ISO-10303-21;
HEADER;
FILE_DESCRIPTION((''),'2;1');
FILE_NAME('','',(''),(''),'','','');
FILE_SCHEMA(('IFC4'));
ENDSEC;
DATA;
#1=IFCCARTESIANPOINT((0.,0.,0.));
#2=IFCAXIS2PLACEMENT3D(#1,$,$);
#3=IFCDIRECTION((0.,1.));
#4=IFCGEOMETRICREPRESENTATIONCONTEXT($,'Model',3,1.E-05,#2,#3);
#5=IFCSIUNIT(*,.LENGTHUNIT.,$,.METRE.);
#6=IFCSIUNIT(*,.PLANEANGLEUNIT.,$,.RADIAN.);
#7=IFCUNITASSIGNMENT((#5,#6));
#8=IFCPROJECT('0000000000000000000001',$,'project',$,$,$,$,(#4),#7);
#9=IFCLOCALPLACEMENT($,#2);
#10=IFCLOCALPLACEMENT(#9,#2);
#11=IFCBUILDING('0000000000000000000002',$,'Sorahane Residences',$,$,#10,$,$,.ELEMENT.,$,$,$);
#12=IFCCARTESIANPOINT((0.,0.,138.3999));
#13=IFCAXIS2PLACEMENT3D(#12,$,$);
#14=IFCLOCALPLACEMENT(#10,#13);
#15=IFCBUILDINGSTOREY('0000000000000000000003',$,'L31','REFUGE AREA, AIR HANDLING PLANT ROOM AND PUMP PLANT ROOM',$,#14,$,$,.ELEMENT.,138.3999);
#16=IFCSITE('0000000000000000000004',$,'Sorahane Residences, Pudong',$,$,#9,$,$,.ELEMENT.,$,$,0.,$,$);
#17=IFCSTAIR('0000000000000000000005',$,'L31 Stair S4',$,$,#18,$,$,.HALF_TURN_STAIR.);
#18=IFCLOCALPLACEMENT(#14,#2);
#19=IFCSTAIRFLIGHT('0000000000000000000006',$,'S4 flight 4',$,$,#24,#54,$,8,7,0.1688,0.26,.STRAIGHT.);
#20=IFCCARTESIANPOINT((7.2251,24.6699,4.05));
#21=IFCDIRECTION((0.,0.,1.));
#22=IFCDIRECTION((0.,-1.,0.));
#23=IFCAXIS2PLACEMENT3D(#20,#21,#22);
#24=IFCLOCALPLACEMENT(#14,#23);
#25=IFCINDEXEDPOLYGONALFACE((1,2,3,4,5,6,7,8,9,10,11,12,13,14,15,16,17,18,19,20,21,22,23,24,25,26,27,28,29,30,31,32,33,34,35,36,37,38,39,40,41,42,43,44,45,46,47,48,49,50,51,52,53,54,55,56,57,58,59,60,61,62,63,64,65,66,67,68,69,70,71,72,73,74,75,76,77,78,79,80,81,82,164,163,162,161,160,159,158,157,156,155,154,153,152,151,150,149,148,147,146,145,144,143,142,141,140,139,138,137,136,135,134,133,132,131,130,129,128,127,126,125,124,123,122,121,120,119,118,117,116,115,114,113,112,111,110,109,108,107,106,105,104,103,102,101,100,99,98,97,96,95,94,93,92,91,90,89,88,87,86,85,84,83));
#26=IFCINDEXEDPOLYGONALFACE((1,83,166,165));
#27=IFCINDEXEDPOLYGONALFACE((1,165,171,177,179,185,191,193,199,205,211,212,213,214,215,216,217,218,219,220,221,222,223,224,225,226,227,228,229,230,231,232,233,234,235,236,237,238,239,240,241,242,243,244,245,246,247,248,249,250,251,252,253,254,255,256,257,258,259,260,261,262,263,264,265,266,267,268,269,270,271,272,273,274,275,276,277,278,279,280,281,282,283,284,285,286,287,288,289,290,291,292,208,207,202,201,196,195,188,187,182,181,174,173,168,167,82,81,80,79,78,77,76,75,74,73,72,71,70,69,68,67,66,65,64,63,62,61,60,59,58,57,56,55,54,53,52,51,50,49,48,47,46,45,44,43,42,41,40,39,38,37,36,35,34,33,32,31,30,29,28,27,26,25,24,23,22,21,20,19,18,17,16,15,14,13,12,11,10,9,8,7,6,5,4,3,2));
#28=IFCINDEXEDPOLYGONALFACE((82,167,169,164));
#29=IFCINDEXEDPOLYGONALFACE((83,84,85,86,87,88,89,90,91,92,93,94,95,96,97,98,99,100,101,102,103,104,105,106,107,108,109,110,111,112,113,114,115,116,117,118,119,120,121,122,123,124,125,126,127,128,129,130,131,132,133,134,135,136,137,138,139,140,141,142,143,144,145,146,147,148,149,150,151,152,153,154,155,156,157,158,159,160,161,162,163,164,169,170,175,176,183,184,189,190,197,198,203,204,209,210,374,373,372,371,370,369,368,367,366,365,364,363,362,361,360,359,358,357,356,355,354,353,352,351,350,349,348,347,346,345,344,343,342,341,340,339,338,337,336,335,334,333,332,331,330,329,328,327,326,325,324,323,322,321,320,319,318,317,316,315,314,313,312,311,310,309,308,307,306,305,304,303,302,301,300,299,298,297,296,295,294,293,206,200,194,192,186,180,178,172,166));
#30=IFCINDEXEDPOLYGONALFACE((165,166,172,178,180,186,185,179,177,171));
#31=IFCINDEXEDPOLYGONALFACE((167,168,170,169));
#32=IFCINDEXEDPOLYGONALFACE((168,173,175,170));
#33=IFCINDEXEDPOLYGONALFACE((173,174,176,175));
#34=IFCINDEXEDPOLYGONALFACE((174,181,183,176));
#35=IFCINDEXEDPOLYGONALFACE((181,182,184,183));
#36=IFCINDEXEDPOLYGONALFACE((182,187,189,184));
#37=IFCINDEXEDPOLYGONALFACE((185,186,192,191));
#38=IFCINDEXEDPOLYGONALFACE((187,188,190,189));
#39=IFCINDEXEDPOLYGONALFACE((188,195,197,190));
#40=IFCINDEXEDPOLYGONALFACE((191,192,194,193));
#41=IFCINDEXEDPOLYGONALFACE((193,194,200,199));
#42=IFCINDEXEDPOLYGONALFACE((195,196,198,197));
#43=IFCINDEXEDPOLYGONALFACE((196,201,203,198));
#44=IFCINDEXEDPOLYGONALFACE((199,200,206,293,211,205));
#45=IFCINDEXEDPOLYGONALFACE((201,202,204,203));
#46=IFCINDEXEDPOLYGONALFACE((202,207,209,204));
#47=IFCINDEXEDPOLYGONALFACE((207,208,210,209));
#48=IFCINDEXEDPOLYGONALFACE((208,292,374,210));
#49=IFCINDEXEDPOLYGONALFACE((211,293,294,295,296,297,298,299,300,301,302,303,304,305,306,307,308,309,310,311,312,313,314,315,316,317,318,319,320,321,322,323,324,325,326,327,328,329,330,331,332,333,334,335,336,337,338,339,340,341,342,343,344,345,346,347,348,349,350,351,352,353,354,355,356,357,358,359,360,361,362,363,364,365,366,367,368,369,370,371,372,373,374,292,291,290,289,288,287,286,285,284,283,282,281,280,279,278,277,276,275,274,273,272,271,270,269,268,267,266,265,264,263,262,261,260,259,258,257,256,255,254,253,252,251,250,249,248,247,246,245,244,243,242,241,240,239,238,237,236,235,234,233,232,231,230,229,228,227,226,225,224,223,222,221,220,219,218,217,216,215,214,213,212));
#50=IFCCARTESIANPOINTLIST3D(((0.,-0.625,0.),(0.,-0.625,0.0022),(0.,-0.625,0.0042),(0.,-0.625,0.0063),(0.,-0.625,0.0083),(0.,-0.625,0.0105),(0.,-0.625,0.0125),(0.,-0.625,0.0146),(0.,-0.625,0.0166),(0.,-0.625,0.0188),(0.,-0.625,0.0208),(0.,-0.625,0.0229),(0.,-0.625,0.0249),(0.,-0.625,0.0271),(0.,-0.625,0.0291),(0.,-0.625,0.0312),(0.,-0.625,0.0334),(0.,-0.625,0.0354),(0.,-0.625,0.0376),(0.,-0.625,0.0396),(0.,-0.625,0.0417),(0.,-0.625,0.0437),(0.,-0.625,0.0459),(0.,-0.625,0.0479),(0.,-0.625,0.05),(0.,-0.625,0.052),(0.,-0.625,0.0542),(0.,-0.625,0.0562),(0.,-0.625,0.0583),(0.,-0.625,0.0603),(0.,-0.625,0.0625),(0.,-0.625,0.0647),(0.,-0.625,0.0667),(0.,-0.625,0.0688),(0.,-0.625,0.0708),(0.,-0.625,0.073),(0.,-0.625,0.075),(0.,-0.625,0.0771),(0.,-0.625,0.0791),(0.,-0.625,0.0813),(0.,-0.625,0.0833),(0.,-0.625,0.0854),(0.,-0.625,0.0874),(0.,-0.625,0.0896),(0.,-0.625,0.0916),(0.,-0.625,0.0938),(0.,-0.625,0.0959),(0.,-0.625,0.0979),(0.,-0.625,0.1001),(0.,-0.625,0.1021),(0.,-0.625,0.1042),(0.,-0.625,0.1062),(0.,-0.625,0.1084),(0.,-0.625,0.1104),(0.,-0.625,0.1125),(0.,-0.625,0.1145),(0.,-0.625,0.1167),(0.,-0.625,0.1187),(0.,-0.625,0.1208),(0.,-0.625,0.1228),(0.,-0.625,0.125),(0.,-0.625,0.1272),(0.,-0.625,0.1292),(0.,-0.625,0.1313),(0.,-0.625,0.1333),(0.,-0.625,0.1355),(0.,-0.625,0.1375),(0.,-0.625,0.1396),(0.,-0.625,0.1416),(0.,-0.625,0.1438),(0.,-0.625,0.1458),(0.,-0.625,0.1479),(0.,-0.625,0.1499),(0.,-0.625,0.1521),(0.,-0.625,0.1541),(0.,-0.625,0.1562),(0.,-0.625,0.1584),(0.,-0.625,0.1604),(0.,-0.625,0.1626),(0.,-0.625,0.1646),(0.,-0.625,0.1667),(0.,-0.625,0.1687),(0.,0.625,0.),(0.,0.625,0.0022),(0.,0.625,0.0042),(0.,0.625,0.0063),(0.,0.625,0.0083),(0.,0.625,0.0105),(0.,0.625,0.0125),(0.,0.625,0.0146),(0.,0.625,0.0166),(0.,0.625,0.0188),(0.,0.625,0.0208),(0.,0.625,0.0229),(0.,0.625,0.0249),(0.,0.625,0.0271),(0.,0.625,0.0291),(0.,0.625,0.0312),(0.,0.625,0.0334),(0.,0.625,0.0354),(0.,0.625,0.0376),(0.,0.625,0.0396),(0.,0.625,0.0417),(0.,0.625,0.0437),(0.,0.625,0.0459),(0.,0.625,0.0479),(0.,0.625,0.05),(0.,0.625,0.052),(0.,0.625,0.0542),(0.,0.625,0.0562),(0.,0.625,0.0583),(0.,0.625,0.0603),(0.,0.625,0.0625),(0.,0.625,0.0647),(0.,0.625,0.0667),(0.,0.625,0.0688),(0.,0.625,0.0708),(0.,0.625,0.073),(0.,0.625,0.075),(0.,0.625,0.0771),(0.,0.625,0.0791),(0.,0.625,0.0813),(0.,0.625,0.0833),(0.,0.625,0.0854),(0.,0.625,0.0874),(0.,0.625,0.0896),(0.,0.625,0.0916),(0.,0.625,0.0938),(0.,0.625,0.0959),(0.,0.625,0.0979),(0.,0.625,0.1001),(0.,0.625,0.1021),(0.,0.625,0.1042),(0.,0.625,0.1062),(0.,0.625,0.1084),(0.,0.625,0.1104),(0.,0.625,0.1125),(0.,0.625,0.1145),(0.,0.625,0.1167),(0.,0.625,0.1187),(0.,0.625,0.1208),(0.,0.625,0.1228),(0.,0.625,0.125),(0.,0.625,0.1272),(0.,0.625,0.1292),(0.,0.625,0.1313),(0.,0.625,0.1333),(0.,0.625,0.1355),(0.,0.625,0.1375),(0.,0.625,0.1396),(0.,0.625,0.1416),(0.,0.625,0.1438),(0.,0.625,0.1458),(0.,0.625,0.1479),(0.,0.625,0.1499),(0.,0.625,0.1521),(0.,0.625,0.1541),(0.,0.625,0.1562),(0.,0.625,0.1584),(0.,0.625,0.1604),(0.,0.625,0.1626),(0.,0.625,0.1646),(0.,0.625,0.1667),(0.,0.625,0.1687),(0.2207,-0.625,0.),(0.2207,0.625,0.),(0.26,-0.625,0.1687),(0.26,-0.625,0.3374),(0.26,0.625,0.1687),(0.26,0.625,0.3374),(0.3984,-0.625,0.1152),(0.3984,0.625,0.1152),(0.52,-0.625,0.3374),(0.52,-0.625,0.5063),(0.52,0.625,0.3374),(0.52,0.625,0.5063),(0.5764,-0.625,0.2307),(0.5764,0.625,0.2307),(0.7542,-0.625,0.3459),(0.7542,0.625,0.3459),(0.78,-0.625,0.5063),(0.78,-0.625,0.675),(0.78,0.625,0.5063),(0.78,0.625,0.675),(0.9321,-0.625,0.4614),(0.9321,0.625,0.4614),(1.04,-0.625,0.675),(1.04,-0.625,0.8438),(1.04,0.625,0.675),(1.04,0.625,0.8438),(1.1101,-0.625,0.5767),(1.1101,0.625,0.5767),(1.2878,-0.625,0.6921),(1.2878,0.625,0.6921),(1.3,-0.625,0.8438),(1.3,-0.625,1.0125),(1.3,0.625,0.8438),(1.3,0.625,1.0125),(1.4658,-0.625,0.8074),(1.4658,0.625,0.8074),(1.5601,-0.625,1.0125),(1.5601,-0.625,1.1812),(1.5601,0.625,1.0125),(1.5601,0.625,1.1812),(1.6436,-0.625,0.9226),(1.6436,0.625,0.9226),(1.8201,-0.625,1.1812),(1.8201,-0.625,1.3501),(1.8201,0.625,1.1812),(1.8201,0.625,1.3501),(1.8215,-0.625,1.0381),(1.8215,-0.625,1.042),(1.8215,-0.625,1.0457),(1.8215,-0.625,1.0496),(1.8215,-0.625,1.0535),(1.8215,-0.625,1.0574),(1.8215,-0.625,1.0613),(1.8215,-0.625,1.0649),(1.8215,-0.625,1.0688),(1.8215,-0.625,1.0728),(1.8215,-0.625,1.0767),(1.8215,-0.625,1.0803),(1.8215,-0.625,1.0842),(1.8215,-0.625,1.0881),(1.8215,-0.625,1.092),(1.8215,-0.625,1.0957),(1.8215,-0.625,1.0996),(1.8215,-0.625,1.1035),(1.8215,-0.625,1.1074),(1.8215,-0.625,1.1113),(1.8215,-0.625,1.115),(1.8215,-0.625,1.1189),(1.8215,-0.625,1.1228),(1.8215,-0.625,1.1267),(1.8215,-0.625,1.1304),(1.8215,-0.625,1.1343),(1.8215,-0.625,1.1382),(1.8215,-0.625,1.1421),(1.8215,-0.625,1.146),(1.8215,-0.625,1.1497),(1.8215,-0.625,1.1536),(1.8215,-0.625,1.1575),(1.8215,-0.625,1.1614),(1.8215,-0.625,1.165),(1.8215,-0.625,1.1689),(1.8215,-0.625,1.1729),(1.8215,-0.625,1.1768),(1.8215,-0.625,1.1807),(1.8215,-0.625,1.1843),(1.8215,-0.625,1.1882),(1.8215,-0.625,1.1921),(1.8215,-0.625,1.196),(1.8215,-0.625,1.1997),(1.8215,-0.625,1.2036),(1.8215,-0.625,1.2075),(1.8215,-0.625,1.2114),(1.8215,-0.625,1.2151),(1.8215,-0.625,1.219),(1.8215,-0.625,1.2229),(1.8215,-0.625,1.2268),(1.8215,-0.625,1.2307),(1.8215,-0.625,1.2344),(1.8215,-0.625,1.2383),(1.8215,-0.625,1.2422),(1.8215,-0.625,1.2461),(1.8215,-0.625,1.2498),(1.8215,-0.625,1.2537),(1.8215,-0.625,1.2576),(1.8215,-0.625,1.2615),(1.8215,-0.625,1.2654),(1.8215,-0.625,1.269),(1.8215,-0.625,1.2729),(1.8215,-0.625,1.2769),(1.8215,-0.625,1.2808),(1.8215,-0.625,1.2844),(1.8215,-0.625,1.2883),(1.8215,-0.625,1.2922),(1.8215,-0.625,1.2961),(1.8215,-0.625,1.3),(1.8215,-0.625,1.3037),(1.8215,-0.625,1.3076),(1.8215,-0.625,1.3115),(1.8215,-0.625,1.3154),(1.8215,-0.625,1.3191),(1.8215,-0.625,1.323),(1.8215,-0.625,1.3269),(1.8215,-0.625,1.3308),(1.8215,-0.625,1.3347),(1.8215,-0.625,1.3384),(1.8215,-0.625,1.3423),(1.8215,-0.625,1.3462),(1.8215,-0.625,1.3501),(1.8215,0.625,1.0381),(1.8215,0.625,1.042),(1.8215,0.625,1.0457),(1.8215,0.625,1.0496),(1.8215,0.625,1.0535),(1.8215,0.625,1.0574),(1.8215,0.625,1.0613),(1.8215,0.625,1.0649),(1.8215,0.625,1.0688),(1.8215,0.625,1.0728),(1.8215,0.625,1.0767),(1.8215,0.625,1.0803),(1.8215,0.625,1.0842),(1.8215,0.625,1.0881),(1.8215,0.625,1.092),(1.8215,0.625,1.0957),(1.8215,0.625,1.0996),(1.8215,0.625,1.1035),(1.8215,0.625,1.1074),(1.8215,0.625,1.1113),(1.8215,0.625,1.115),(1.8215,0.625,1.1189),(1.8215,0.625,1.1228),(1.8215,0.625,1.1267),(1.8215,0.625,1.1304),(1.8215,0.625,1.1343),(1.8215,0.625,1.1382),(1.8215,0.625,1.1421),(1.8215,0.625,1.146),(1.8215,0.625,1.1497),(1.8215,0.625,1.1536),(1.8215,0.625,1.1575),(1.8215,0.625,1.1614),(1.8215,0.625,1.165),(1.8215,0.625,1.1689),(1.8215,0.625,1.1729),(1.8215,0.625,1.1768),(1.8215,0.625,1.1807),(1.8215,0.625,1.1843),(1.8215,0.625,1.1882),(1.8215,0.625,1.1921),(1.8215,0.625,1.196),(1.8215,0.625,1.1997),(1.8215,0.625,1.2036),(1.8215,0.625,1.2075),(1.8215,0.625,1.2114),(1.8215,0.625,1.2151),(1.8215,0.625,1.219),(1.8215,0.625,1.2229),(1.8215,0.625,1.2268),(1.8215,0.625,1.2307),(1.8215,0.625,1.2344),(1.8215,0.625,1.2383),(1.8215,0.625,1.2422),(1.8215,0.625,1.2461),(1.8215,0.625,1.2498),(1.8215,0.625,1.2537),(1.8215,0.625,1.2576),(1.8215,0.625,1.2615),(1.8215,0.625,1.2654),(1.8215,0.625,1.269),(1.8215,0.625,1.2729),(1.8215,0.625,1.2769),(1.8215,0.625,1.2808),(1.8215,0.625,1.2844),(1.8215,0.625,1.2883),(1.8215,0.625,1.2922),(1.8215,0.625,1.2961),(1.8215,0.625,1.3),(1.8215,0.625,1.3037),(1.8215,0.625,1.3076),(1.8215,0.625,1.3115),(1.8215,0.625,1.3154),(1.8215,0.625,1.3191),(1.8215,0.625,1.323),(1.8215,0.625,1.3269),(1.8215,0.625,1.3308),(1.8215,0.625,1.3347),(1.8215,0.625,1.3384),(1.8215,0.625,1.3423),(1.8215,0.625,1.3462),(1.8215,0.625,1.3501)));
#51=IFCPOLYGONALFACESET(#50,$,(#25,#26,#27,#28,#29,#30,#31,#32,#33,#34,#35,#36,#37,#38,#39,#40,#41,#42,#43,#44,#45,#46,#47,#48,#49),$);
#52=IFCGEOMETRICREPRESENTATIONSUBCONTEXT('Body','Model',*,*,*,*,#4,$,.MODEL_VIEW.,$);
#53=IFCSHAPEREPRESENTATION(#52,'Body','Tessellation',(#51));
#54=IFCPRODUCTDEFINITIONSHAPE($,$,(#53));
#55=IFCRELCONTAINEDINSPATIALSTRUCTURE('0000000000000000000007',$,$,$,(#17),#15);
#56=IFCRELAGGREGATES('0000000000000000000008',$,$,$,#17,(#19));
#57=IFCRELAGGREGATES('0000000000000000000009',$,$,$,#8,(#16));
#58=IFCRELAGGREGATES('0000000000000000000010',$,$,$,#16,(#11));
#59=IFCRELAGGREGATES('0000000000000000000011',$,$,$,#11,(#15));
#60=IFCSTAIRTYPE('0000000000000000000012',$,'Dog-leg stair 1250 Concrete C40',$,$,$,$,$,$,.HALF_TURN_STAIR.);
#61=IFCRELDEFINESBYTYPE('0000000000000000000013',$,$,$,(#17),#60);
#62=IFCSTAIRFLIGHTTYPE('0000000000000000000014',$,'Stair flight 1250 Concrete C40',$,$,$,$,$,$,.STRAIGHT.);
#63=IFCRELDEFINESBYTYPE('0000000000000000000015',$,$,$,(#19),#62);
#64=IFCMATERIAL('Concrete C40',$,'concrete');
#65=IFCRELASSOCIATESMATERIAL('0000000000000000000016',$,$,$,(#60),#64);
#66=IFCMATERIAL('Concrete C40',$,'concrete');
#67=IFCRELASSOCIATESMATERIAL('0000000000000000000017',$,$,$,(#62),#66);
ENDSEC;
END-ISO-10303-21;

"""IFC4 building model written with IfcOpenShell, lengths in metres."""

from ifc_helpers import new_model, si_unit, direction, frame, origin, place, context, subcontext, project, spatial, polyline, outline, extrude, material, type_object, element, aggregate, save


model = new_model("IFC4")

# Units and contexts
model_context = context("Model", 3, precision=1e-05, world=origin(), true_north=direction((0.0, 1.0)))
body_context = subcontext(model_context, "Body", "Model", "MODEL_VIEW")
ifc_project = project(units=[si_unit("LENGTHUNIT", "METRE"), si_unit("PLANEANGLEUNIT", "RADIAN")], contexts=[model_context])

# Site, building, storey
site_placement = place(None, origin())
site = spatial("IfcSite", under=ifc_project, at=site_placement, Name="Sorahane Residences, Pudong", CompositionType="ELEMENT", RefElevation=0.0)
building_placement = place(site_placement, origin())
building = spatial("IfcBuilding", under=site, at=building_placement, Name="Sorahane Residences", CompositionType="ELEMENT")
storey_placement = place(building_placement, frame((0.0, 0.0, 138.3999)))
storey = spatial("IfcBuildingStorey", under=building, at=storey_placement, Name="L31", Description="REFUGE AREA, AIR HANDLING PLANT ROOM AND PUMP PLANT ROOM", CompositionType="ELEMENT", Elevation=138.3999)

# Stair, stair flight
ifc_material_1 = material(Name="Concrete C40", Category="concrete")
stair_type = type_object("IfcStairType", Name="Dog-leg stair 1250 Concrete C40", PredefinedType="HALF_TURN_STAIR", material=ifc_material_1)
stair_placement = place(storey_placement, origin())
stair = element("IfcStair", 1, at=stair_placement, inside=storey, type_object=stair_type, Name="L31 Stair S4", PredefinedType="HALF_TURN_STAIR")
ifc_material_2 = material(Name="Concrete C40", Category="concrete")
stair_flight_type = type_object("IfcStairFlightType", Name="Stair flight 1250 Concrete C40", PredefinedType="STRAIGHT", material=ifc_material_2)
stair_flight_1_placement = place(storey_placement, frame((7.2251, 24.6699, 4.05), z_axis=(0.0, 0.0, 1.0), x_axis=(0.0, -1.0, 0.0)))
stair_flight_1 = element("IfcStairFlight", 2, at=stair_flight_1_placement, type_object=stair_flight_type, Name="S4 flight 4", NumberOfRisers=8, NumberOfTreads=7, PredefinedType="STRAIGHT", RiserHeight=0.1688, TreadLength=0.26, context=body_context, shape_type="SweptSolid", body=[
    extrude(outline(polyline([(0.0, 0.0), (0.0, 0.0022), (0.0, 0.0042), (0.0, 0.0063), (0.0, 0.0083), (0.0, 0.0105), (0.0, 0.0125), (0.0, 0.0146), (0.0, 0.0166), (0.0, 0.0188), (0.0, 0.0208), (0.0, 0.0229), (0.0, 0.0249), (0.0, 0.0271), (0.0, 0.0291), (0.0, 0.0312), (0.0, 0.0334), (0.0, 0.0354), (0.0, 0.0376), (0.0, 0.0396), (0.0, 0.0417), (0.0, 0.0437), (0.0, 0.0459), (0.0, 0.0479), (0.0, 0.05), (0.0, 0.052), (0.0, 0.0542), (0.0, 0.0562), (0.0, 0.0583), (0.0, 0.0603), (0.0, 0.0625), (0.0, 0.0647), (0.0, 0.0667), (0.0, 0.0688), (0.0, 0.0708), (0.0, 0.073), (0.0, 0.075), (0.0, 0.0771), (0.0, 0.0791), (0.0, 0.0813), (0.0, 0.0833), (0.0, 0.0854), (0.0, 0.0874), (0.0, 0.0896), (0.0, 0.0916), (0.0, 0.0938), (0.0, 0.0959), (0.0, 0.0979), (0.0, 0.1001), (0.0, 0.1021), (0.0, 0.1042), (0.0, 0.1062), (0.0, 0.1084), (0.0, 0.1104), (0.0, 0.1125), (0.0, 0.1145), (0.0, 0.1167), (0.0, 0.1187), (0.0, 0.1208), (0.0, 0.1228), (0.0, 0.125), (0.0, 0.1272), (0.0, 0.1292), (0.0, 0.1313), (0.0, 0.1333), (0.0, 0.1355), (0.0, 0.1375), (0.0, 0.1396), (0.0, 0.1416), (0.0, 0.1438), (0.0, 0.1458), (0.0, 0.1479), (0.0, 0.1499), (0.0, 0.1521), (0.0, 0.1541), (0.0, 0.1562), (0.0, 0.1584), (0.0, 0.1604), (0.0, 0.1626), (0.0, 0.1646), (0.0, 0.1667), (0.0, 0.1687), (0.26, 0.1687), (0.26, 0.3374), (0.52, 0.3374), (0.52, 0.5063), (0.78, 0.5063), (0.78, 0.675), (1.04, 0.675), (1.04, 0.8438), (1.3, 0.8438), (1.3, 1.0125), (1.5601, 1.0125), (1.5601, 1.1812), (1.8201, 1.1812), (1.8201, 1.3501), (1.8215, 1.3501), (1.8215, 1.3462), (1.8215, 1.3423), (1.8215, 1.3384), (1.8215, 1.3347), (1.8215, 1.3308), (1.8215, 1.3269), (1.8215, 1.323), (1.8215, 1.3191), (1.8215, 1.3154), (1.8215, 1.3115), (1.8215, 1.3076), (1.8215, 1.3037), (1.8215, 1.3), (1.8215, 1.2961), (1.8215, 1.2922), (1.8215, 1.2883), (1.8215, 1.2844), (1.8215, 1.2808), (1.8215, 1.2769), (1.8215, 1.2729), (1.8215, 1.269), (1.8215, 1.2654), (1.8215, 1.2615), (1.8215, 1.2576), (1.8215, 1.2537), (1.8215, 1.2498), (1.8215, 1.2461), (1.8215, 1.2422), (1.8215, 1.2383), (1.8215, 1.2344), (1.8215, 1.2307), (1.8215, 1.2268), (1.8215, 1.2229), (1.8215, 1.219), (1.8215, 1.2151), (1.8215, 1.2114), (1.8215, 1.2075), (1.8215, 1.2036), (1.8215, 1.1997), (1.8215, 1.196), (1.8215, 1.1921), (1.8215, 1.1882), (1.8215, 1.1843), (1.8215, 1.1807), (1.8215, 1.1768), (1.8215, 1.1729), (1.8215, 1.1689), (1.8215, 1.165), (1.8215, 1.1614), (1.8215, 1.1575), (1.8215, 1.1536), (1.8215, 1.1497), (1.8215, 1.146), (1.8215, 1.1421), (1.8215, 1.1382), (1.8215, 1.1343), (1.8215, 1.1304), (1.8215, 1.1267), (1.8215, 1.1228), (1.8215, 1.1189), (1.8215, 1.115), (1.8215, 1.1113), (1.8215, 1.1074), (1.8215, 1.1035), (1.8215, 1.0996), (1.8215, 1.0957), (1.8215, 1.092), (1.8215, 1.0881), (1.8215, 1.0842), (1.8215, 1.0803), (1.8215, 1.0767), (1.8215, 1.0728), (1.8215, 1.0688), (1.8215, 1.0649), (1.8215, 1.0613), (1.8215, 1.0574), (1.8215, 1.0535), (1.8215, 1.0496), (1.8215, 1.0457), (1.8215, 1.042), (1.8215, 1.0381), (1.6436, 0.9226), (1.4658, 0.8074), (1.2878, 0.6921), (1.1101, 0.5767), (0.9321, 0.4614), (0.7542, 0.3459), (0.5764, 0.2307), (0.3984, 0.1152), (0.2207, 0.0), (0.0, 0.0)])), frame((0.0, 0.625, 0.0), z_axis=(0.0, -1.0, 0.0), x_axis=(1.0, 0.0, 0.0)), (0.0, 0.0, 1.0), 1.25),
])
aggregate(stair, [stair_flight_1])

save(model, "model.ifc")
